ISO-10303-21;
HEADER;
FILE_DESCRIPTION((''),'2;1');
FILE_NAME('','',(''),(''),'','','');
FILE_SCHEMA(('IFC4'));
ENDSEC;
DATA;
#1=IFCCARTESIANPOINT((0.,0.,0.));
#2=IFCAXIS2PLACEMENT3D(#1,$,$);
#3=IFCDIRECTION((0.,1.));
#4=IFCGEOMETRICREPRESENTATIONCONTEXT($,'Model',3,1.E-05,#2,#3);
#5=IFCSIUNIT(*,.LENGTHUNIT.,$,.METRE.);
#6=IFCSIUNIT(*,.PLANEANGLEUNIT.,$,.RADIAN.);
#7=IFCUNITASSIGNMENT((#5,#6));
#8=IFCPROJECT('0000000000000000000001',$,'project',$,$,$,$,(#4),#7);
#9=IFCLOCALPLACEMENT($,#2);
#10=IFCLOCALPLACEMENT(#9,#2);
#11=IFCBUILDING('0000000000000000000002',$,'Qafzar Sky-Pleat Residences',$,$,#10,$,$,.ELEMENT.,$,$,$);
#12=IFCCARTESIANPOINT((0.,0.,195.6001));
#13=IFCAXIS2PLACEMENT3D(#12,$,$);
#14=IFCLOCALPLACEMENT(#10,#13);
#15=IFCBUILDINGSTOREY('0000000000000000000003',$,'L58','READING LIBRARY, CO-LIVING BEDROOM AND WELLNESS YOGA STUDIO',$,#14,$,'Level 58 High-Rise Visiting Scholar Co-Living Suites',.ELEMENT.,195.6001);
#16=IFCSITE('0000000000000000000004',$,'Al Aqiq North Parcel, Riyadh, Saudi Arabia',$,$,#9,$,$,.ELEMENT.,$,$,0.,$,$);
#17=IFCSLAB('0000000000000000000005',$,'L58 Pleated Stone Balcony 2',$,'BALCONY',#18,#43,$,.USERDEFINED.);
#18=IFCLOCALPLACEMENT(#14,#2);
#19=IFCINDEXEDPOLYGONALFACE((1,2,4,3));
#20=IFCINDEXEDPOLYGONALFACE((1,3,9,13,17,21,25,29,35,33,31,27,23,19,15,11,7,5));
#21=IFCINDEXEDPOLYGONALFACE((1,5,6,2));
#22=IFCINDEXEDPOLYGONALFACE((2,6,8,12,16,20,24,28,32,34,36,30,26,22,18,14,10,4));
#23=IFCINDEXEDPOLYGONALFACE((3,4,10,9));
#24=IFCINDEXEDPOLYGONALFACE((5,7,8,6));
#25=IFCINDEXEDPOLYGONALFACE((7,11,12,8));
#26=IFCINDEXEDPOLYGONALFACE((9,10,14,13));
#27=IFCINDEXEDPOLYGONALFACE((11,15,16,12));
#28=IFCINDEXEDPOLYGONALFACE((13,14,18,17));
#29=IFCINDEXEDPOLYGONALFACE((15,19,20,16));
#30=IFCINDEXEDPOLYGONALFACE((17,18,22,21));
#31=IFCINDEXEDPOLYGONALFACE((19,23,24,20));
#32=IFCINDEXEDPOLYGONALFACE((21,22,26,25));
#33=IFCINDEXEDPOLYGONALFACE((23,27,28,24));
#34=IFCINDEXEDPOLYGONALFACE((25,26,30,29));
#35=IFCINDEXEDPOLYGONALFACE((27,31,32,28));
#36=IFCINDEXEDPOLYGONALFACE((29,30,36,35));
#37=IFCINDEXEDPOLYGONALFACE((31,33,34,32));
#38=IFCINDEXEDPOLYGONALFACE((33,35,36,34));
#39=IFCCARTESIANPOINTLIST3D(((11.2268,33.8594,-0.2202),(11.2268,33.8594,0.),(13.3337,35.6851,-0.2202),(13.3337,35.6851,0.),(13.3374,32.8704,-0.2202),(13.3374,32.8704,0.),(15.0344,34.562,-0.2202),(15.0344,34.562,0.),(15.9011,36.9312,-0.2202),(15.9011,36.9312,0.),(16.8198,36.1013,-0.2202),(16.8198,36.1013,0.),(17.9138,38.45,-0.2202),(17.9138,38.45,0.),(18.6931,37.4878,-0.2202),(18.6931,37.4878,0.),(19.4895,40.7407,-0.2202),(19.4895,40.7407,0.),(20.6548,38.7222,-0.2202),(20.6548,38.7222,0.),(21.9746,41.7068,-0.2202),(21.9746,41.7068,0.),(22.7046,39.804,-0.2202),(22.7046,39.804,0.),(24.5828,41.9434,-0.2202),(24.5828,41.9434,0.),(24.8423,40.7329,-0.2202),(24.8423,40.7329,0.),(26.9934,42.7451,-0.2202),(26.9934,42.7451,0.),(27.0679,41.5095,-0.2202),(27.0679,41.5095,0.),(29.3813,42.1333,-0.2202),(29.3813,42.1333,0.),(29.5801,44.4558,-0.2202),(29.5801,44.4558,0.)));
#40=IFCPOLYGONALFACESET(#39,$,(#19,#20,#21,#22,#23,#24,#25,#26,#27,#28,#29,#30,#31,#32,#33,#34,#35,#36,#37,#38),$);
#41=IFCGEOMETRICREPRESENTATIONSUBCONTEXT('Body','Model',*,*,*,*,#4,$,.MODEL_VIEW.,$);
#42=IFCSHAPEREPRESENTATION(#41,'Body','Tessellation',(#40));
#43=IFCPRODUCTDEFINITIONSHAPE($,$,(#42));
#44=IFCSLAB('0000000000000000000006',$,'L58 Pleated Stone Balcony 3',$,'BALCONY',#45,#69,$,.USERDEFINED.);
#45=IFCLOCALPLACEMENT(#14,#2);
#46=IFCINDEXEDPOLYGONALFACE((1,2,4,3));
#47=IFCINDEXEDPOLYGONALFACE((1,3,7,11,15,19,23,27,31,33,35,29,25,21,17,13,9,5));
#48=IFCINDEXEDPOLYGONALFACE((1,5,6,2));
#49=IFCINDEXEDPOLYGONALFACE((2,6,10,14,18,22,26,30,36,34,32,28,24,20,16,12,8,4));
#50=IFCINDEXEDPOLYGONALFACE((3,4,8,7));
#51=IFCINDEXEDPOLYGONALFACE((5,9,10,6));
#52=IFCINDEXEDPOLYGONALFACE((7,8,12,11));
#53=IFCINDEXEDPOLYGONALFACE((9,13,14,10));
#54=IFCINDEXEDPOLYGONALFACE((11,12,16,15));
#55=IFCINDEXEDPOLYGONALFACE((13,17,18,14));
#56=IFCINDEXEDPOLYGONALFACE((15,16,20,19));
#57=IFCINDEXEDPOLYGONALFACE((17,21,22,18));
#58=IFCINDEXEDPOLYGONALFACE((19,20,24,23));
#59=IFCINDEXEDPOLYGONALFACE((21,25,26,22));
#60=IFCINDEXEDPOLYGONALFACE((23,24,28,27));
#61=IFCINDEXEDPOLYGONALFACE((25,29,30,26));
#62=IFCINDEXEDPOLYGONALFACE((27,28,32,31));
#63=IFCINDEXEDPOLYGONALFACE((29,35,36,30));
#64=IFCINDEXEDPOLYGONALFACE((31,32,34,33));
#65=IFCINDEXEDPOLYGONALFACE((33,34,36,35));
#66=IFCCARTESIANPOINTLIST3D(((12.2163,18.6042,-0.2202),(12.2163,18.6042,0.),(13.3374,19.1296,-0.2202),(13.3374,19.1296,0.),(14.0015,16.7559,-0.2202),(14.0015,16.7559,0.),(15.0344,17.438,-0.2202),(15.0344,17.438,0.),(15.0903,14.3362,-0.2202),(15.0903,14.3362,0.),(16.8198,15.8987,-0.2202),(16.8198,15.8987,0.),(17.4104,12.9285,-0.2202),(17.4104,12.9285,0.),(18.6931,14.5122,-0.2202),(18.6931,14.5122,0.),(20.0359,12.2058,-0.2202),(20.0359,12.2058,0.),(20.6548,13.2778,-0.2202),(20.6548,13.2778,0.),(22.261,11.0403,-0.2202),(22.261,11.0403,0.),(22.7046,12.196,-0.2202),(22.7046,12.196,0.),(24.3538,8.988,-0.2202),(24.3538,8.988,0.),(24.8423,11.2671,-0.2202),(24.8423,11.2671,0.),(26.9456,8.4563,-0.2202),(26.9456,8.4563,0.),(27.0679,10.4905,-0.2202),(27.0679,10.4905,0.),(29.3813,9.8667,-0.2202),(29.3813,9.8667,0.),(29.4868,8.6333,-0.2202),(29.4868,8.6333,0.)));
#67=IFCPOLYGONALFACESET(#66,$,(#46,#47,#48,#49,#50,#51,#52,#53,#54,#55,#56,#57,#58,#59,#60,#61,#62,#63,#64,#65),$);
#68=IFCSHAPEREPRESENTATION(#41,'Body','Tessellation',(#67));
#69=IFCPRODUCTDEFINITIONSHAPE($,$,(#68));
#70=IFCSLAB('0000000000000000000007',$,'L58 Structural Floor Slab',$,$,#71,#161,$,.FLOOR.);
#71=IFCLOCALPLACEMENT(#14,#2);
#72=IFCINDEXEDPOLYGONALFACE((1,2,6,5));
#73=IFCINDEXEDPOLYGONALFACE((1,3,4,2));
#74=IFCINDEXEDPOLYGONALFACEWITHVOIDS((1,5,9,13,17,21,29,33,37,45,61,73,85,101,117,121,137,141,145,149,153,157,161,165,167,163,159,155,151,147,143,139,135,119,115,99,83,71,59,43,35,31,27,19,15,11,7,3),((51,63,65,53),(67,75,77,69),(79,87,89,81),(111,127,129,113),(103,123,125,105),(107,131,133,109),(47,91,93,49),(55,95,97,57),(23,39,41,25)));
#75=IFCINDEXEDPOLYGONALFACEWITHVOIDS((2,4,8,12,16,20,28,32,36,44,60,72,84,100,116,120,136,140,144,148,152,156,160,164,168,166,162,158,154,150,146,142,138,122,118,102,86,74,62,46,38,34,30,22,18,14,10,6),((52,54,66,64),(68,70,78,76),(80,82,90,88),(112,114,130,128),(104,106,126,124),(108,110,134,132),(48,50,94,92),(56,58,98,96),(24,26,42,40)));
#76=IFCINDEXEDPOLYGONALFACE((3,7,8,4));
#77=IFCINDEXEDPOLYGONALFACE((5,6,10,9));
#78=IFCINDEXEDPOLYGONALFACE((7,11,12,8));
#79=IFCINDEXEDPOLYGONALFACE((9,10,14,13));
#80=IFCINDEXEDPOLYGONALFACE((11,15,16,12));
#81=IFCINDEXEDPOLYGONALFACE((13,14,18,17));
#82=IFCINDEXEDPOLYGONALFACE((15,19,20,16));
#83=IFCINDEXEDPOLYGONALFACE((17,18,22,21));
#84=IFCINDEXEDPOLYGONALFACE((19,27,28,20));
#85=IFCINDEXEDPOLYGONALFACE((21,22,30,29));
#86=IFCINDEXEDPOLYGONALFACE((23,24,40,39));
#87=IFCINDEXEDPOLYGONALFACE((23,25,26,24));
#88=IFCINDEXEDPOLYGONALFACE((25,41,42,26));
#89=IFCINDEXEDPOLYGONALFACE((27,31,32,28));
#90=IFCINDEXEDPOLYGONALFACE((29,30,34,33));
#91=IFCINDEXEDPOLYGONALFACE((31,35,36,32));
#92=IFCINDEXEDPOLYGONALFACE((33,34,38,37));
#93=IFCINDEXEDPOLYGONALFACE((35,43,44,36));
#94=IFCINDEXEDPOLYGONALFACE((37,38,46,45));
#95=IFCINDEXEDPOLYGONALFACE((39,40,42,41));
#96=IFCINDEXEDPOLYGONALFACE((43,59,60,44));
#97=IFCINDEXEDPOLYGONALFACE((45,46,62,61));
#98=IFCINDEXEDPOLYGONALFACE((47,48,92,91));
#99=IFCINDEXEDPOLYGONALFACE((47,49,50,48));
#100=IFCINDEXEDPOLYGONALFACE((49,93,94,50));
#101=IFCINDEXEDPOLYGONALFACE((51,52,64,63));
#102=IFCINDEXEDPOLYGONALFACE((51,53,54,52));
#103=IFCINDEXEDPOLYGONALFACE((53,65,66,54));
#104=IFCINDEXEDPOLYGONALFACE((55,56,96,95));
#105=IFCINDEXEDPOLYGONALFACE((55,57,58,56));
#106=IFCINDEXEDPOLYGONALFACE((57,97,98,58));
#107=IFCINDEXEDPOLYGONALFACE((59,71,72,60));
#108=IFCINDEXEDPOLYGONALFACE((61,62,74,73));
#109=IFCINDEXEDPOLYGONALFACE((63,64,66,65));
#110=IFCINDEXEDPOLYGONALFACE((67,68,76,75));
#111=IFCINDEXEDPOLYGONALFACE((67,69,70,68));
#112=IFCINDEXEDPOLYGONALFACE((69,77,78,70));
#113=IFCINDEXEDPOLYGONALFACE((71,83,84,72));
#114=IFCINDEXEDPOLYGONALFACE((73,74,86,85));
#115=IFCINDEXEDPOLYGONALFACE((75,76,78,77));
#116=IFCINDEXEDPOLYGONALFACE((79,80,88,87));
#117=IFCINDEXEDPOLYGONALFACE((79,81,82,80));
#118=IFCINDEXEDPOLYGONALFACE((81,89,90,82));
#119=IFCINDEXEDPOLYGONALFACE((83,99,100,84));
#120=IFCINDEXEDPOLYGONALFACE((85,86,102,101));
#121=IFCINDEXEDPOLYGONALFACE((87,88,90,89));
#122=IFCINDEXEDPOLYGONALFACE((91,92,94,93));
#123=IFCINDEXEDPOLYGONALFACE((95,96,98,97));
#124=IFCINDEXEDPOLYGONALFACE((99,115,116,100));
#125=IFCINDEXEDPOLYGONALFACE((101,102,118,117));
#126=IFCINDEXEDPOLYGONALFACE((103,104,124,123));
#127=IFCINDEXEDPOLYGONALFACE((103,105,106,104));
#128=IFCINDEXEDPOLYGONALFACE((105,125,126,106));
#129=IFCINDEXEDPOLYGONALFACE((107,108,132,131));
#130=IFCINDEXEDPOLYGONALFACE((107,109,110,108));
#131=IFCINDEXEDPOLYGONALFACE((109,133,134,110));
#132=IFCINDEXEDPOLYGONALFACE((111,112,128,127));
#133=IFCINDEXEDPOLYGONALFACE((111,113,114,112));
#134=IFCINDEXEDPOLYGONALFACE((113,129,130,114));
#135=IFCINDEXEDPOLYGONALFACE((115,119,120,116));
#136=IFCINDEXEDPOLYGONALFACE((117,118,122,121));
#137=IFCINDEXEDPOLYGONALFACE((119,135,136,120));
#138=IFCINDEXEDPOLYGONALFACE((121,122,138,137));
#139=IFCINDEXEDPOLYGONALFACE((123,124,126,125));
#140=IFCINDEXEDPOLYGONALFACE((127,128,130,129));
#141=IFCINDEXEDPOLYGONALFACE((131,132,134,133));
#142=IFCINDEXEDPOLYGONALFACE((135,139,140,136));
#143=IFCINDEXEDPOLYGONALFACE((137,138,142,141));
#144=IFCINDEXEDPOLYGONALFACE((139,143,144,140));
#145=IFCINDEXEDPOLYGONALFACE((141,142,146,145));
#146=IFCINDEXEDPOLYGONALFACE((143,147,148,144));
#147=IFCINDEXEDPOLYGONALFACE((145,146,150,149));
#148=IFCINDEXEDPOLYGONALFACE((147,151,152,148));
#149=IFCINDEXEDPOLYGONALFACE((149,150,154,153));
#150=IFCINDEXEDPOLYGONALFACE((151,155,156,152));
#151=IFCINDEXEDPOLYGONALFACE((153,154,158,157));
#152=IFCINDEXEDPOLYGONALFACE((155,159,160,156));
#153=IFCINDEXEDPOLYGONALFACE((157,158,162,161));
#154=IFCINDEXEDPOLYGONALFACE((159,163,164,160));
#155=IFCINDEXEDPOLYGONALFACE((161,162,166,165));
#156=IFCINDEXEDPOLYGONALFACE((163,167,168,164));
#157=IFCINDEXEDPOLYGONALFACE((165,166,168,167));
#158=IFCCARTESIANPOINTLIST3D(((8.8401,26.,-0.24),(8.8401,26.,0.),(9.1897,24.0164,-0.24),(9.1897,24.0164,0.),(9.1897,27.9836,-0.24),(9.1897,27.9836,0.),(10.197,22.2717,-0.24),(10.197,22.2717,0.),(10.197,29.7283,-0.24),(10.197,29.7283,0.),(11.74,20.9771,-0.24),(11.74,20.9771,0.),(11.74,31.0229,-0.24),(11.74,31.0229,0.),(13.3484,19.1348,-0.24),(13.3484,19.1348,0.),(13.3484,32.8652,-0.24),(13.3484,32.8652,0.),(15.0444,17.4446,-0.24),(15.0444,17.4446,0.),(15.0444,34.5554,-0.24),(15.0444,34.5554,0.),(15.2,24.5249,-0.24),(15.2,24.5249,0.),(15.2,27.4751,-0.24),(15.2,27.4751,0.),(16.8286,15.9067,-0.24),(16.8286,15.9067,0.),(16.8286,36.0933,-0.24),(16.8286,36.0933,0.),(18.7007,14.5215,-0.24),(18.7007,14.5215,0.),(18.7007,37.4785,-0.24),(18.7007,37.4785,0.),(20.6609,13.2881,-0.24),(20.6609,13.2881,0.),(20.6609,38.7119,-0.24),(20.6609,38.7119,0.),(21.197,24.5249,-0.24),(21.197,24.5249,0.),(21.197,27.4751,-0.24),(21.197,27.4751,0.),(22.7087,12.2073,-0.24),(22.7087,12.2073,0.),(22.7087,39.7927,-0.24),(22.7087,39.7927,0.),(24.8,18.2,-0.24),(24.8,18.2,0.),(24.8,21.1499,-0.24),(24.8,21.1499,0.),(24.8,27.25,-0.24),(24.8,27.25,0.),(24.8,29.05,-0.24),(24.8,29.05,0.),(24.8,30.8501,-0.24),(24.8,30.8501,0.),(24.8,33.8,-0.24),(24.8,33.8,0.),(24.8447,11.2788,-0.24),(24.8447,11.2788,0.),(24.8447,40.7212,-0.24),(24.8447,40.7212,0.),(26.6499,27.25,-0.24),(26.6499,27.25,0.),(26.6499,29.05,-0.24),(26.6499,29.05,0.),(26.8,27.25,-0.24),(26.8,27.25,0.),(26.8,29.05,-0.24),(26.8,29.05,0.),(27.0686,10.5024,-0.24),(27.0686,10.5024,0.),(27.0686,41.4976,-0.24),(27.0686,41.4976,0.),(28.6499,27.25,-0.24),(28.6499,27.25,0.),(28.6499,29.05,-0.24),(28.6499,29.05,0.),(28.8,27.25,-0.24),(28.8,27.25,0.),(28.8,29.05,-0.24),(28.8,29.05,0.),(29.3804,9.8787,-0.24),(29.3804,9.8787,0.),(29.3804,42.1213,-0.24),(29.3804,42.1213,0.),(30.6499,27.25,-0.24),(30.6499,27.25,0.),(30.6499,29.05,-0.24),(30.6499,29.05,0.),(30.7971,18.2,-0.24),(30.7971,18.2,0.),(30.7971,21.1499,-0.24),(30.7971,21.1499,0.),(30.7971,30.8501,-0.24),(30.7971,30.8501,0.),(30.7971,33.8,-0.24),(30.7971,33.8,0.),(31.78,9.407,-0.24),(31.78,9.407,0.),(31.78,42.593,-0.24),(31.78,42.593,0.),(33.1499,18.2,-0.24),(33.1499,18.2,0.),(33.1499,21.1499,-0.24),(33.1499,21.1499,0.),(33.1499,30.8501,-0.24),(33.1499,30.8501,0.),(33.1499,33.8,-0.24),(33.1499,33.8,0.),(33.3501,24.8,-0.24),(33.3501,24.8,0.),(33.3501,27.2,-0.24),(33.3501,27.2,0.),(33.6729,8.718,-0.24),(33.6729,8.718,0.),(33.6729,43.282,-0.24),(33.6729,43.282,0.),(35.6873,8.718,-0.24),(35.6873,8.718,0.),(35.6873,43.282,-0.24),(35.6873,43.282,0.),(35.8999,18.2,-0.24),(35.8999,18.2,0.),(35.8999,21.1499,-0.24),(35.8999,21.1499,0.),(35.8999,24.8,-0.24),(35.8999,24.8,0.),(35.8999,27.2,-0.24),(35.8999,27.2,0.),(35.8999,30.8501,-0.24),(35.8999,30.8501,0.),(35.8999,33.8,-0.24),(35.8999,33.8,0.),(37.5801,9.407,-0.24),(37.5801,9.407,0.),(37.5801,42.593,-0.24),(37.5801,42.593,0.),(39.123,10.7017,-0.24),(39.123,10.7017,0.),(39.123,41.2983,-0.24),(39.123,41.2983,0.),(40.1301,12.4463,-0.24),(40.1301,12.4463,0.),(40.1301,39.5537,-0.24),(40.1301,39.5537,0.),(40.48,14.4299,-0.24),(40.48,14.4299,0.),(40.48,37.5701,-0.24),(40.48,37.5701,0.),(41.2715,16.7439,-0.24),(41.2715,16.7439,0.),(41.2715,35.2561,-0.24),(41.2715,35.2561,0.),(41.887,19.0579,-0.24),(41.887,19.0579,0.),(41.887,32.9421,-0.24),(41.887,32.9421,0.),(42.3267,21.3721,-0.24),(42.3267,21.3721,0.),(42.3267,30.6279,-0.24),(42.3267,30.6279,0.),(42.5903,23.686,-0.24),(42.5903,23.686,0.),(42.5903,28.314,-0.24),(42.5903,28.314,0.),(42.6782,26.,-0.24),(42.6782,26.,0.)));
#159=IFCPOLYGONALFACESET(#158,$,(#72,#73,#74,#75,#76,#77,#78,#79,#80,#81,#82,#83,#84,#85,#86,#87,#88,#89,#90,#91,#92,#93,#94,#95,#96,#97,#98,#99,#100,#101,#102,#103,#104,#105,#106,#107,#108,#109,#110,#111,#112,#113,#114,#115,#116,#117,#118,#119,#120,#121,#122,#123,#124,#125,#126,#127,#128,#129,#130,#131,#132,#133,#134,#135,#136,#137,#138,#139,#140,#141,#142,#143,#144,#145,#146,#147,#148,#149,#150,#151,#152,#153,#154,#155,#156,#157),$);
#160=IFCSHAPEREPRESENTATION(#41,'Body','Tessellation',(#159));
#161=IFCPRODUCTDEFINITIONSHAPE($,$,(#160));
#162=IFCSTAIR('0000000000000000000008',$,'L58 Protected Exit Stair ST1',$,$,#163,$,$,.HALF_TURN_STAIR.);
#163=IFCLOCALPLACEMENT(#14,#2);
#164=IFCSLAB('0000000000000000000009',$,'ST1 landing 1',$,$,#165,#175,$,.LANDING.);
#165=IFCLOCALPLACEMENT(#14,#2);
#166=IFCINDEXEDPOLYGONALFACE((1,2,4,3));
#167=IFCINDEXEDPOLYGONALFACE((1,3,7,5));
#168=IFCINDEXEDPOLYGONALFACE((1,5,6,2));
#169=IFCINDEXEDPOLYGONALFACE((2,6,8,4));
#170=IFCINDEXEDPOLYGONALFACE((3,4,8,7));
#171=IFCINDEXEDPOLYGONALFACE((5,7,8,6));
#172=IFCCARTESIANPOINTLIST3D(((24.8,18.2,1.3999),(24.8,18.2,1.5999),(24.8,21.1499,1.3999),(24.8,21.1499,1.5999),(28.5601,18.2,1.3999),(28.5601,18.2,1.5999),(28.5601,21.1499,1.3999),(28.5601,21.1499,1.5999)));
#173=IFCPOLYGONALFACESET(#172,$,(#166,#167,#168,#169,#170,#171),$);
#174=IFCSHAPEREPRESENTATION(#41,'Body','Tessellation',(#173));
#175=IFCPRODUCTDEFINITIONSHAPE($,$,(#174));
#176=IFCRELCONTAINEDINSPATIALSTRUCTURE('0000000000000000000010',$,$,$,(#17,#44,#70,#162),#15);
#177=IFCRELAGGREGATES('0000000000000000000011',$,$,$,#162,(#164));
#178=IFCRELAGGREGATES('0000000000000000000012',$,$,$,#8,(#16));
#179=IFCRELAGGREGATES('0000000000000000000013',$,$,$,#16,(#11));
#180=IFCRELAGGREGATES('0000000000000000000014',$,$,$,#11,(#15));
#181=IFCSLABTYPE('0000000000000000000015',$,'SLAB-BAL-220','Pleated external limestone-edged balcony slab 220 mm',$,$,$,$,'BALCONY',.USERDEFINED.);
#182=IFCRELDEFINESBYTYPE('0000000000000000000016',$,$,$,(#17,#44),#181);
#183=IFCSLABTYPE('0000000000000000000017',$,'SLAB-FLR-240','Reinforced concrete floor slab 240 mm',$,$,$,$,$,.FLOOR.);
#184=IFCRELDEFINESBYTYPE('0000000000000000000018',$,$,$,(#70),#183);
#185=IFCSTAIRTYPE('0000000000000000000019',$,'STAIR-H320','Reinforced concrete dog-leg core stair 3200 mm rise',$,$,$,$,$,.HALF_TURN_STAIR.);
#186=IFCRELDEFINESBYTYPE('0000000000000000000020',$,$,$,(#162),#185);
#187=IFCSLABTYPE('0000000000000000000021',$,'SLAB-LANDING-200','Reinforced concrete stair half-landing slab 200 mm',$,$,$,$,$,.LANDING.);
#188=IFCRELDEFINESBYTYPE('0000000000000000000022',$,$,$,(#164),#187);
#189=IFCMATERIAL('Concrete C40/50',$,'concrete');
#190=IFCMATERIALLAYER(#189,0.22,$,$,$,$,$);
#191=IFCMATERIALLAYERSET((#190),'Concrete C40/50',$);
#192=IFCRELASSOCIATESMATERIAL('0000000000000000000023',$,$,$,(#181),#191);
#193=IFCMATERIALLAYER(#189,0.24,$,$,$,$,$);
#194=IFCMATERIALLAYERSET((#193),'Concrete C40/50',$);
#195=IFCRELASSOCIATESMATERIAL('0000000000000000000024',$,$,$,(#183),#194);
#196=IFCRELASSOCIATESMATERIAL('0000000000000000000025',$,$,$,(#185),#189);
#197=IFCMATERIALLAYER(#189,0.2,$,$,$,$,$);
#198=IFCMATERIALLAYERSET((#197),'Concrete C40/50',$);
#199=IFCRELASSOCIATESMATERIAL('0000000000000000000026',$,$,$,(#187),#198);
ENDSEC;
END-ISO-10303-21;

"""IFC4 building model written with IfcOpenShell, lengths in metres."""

from ifc_helpers import new_model, si_unit, direction, frame, origin, place, context, subcontext, project, spatial, polyline, outline, extrude, material, layer, layer_set, type_object, element, aggregate, save


model = new_model("IFC4")

# Units and contexts
model_context = context("Model", 3, precision=1e-05, world=origin(), true_north=direction((0.0, 1.0)))
body_context = subcontext(model_context, "Body", "Model", "MODEL_VIEW")
ifc_project = project(units=[si_unit("LENGTHUNIT", "METRE"), si_unit("PLANEANGLEUNIT", "RADIAN")], contexts=[model_context])

# Site, building, storey
site_placement = place(None, origin())
site = spatial("IfcSite", under=ifc_project, at=site_placement, Name="Al Aqiq North Parcel, Riyadh, Saudi Arabia", CompositionType="ELEMENT", RefElevation=0.0)
building_placement = place(site_placement, origin())
building = spatial("IfcBuilding", under=site, at=building_placement, Name="Qafzar Sky-Pleat Residences", CompositionType="ELEMENT")
storey_placement = place(building_placement, frame((0.0, 0.0, 195.6001)))
storey = spatial("IfcBuildingStorey", under=building, at=storey_placement, Name="L58", Description="READING LIBRARY, CO-LIVING BEDROOM AND WELLNESS YOGA STUDIO", LongName="Level 58 High-Rise Visiting Scholar Co-Living Suites", CompositionType="ELEMENT", Elevation=195.6001)

# Slabs
ifc_material_1 = material(Name="Concrete C40/50", Category="concrete")
ifc_layer_1 = layer(ifc_material_1, 0.22)
ifc_layer_set_1 = layer_set([ifc_layer_1], Name="Concrete C40/50")
slab_type_1 = type_object("IfcSlabType", Name="SLAB-BAL-220", Description="Pleated external limestone-edged balcony slab 220 mm", ElementType="BALCONY", PredefinedType="USERDEFINED", material=ifc_layer_set_1)
slab_1_placement = place(storey_placement, frame((0.0, 0.0, -0.2202)))
element("IfcSlab", 1, at=slab_1_placement, inside=storey, type_object=slab_type_1, Name="L58 Pleated Stone Balcony 2", ObjectType="BALCONY", PredefinedType="USERDEFINED", context=body_context, shape_type="SweptSolid", body=[
    extrude(outline(polyline([(27.0679, 41.5095), (24.8423, 40.7329), (22.7046, 39.804), (20.6548, 38.7222), (18.6931, 37.4878), (16.8198, 36.1013), (15.0344, 34.562), (13.3374, 32.8704), (11.2268, 33.8594), (13.3337, 35.6851), (15.9011, 36.9312), (17.9138, 38.45), (19.4895, 40.7407), (21.9746, 41.7068), (24.5828, 41.9434), (26.9934, 42.7451), (29.5801, 44.4558), (29.3813, 42.1333), (27.0679, 41.5095)])), origin(), (0.0, 0.0, 1.0), 0.2202),
])
slab_2_placement = place(storey_placement, frame((0.0, 0.0, -0.2202)))
element("IfcSlab", 2, at=slab_2_placement, inside=storey, type_object=slab_type_1, Name="L58 Pleated Stone Balcony 3", ObjectType="BALCONY", PredefinedType="USERDEFINED", context=body_context, shape_type="SweptSolid", body=[
    extrude(outline(polyline([(15.0344, 17.438), (16.8198, 15.8987), (18.6931, 14.5122), (20.6548, 13.2778), (22.7046, 12.196), (24.8423, 11.2671), (27.0679, 10.4905), (29.3813, 9.8667), (29.4868, 8.6333), (26.9456, 8.4563), (24.3538, 8.988), (22.261, 11.0403), (20.0359, 12.2058), (17.4104, 12.9285), (15.0903, 14.3362), (14.0015, 16.7559), (12.2163, 18.6042), (13.3374, 19.1296), (15.0344, 17.438)])), origin(), (0.0, 0.0, 1.0), 0.2202),
])
ifc_layer_2 = layer(ifc_material_1, 0.24)
ifc_layer_set_2 = layer_set([ifc_layer_2], Name="Concrete C40/50")
slab_type_2 = type_object("IfcSlabType", Name="SLAB-FLR-240", Description="Reinforced concrete floor slab 240 mm", PredefinedType="FLOOR", material=ifc_layer_set_2)
slab_3_placement = place(storey_placement, frame((0.0, 0.0, -0.24)))
element("IfcSlab", 3, at=slab_3_placement, inside=storey, type_object=slab_type_2, Name="L58 Structural Floor Slab", PredefinedType="FLOOR", context=body_context, shape_type="SweptSolid", body=[
    extrude(outline(polyline([(11.74, 31.0229), (10.197, 29.7283), (9.1897, 27.9836), (8.8401, 26.0), (9.1897, 24.0164), (10.197, 22.2717), (11.74, 20.9771), (13.3484, 19.1348), (15.0444, 17.4446), (16.8286, 15.9067), (18.7007, 14.5215), (20.6609, 13.2881), (22.7087, 12.2073), (24.8447, 11.2788), (27.0686, 10.5024), (29.3804, 9.8787), (31.78, 9.407), (33.6729, 8.718), (35.6873, 8.718), (37.5801, 9.407), (39.123, 10.7017), (40.1301, 12.4463), (40.48, 14.4299), (41.2715, 16.7439), (41.887, 19.0579), (42.3267, 21.3721), (42.5903, 23.686), (42.6782, 26.0), (42.5903, 28.314), (42.3267, 30.6279), (41.887, 32.9421), (41.2715, 35.2561), (40.48, 37.5701), (40.1301, 39.5537), (39.123, 41.2983), (37.5801, 42.593), (35.6873, 43.282), (33.6729, 43.282), (31.78, 42.593), (29.3804, 42.1213), (27.0686, 41.4976), (24.8447, 40.7212), (22.7087, 39.7927), (20.6609, 38.7119), (18.7007, 37.4785), (16.8286, 36.0933), (15.0444, 34.5554), (13.3484, 32.8652), (11.74, 31.0229)]), holes=[polyline([(30.7971, 21.1499), (24.8, 21.1499), (24.8, 18.2), (30.7971, 18.2), (30.7971, 21.1499)]), polyline([(30.7971, 33.8), (24.8, 33.8), (24.8, 30.8501), (30.7971, 30.8501), (30.7971, 33.8)]), polyline([(21.197, 27.4751), (15.2, 27.4751), (15.2, 24.5249), (21.197, 24.5249), (21.197, 27.4751)]), polyline([(24.8, 27.25), (26.6499, 27.25), (26.6499, 29.05), (24.8, 29.05), (24.8, 27.25)]), polyline([(26.8, 27.25), (28.6499, 27.25), (28.6499, 29.05), (26.8, 29.05), (26.8, 27.25)]), polyline([(28.8, 27.25), (30.6499, 27.25), (30.6499, 29.05), (28.8, 29.05), (28.8, 27.25)]), polyline([(33.1499, 18.2), (35.8999, 18.2), (35.8999, 21.1499), (33.1499, 21.1499), (33.1499, 18.2)]), polyline([(33.1499, 30.8501), (35.8999, 30.8501), (35.8999, 33.8), (33.1499, 33.8), (33.1499, 30.8501)]), polyline([(33.3501, 24.8), (35.8999, 24.8), (35.8999, 27.2), (33.3501, 27.2), (33.3501, 24.8)])]), origin(), (0.0, 0.0, 1.0), 0.24),
])

# Stair, slab
stair_type = type_object("IfcStairType", Name="STAIR-H320", Description="Reinforced concrete dog-leg core stair 3200 mm rise", PredefinedType="HALF_TURN_STAIR", material=ifc_material_1)
stair_1_placement = place(storey_placement, origin())
stair_1 = element("IfcStair", 4, at=stair_1_placement, inside=storey, type_object=stair_type, Name="L58 Protected Exit Stair ST1", PredefinedType="HALF_TURN_STAIR")
ifc_layer_3 = layer(ifc_material_1, 0.2)
ifc_layer_set_3 = layer_set([ifc_layer_3], Name="Concrete C40/50")
slab_type_3 = type_object("IfcSlabType", Name="SLAB-LANDING-200", Description="Reinforced concrete stair half-landing slab 200 mm", PredefinedType="LANDING", material=ifc_layer_set_3)
slab_4_placement = place(storey_placement, frame((0.0, 0.0, 1.3999)))
slab_4 = element("IfcSlab", 5, at=slab_4_placement, type_object=slab_type_3, Name="ST1 landing 1", PredefinedType="LANDING", context=body_context, shape_type="SweptSolid", body=[
    extrude(outline(polyline([(28.5601, 21.1499), (24.8, 21.1499), (24.8, 18.2), (28.5601, 18.2), (28.5601, 21.1499)])), origin(), (0.0, 0.0, 1.0), 0.2),
])
aggregate(stair_1, [slab_4])

save(model, "model.ifc")
